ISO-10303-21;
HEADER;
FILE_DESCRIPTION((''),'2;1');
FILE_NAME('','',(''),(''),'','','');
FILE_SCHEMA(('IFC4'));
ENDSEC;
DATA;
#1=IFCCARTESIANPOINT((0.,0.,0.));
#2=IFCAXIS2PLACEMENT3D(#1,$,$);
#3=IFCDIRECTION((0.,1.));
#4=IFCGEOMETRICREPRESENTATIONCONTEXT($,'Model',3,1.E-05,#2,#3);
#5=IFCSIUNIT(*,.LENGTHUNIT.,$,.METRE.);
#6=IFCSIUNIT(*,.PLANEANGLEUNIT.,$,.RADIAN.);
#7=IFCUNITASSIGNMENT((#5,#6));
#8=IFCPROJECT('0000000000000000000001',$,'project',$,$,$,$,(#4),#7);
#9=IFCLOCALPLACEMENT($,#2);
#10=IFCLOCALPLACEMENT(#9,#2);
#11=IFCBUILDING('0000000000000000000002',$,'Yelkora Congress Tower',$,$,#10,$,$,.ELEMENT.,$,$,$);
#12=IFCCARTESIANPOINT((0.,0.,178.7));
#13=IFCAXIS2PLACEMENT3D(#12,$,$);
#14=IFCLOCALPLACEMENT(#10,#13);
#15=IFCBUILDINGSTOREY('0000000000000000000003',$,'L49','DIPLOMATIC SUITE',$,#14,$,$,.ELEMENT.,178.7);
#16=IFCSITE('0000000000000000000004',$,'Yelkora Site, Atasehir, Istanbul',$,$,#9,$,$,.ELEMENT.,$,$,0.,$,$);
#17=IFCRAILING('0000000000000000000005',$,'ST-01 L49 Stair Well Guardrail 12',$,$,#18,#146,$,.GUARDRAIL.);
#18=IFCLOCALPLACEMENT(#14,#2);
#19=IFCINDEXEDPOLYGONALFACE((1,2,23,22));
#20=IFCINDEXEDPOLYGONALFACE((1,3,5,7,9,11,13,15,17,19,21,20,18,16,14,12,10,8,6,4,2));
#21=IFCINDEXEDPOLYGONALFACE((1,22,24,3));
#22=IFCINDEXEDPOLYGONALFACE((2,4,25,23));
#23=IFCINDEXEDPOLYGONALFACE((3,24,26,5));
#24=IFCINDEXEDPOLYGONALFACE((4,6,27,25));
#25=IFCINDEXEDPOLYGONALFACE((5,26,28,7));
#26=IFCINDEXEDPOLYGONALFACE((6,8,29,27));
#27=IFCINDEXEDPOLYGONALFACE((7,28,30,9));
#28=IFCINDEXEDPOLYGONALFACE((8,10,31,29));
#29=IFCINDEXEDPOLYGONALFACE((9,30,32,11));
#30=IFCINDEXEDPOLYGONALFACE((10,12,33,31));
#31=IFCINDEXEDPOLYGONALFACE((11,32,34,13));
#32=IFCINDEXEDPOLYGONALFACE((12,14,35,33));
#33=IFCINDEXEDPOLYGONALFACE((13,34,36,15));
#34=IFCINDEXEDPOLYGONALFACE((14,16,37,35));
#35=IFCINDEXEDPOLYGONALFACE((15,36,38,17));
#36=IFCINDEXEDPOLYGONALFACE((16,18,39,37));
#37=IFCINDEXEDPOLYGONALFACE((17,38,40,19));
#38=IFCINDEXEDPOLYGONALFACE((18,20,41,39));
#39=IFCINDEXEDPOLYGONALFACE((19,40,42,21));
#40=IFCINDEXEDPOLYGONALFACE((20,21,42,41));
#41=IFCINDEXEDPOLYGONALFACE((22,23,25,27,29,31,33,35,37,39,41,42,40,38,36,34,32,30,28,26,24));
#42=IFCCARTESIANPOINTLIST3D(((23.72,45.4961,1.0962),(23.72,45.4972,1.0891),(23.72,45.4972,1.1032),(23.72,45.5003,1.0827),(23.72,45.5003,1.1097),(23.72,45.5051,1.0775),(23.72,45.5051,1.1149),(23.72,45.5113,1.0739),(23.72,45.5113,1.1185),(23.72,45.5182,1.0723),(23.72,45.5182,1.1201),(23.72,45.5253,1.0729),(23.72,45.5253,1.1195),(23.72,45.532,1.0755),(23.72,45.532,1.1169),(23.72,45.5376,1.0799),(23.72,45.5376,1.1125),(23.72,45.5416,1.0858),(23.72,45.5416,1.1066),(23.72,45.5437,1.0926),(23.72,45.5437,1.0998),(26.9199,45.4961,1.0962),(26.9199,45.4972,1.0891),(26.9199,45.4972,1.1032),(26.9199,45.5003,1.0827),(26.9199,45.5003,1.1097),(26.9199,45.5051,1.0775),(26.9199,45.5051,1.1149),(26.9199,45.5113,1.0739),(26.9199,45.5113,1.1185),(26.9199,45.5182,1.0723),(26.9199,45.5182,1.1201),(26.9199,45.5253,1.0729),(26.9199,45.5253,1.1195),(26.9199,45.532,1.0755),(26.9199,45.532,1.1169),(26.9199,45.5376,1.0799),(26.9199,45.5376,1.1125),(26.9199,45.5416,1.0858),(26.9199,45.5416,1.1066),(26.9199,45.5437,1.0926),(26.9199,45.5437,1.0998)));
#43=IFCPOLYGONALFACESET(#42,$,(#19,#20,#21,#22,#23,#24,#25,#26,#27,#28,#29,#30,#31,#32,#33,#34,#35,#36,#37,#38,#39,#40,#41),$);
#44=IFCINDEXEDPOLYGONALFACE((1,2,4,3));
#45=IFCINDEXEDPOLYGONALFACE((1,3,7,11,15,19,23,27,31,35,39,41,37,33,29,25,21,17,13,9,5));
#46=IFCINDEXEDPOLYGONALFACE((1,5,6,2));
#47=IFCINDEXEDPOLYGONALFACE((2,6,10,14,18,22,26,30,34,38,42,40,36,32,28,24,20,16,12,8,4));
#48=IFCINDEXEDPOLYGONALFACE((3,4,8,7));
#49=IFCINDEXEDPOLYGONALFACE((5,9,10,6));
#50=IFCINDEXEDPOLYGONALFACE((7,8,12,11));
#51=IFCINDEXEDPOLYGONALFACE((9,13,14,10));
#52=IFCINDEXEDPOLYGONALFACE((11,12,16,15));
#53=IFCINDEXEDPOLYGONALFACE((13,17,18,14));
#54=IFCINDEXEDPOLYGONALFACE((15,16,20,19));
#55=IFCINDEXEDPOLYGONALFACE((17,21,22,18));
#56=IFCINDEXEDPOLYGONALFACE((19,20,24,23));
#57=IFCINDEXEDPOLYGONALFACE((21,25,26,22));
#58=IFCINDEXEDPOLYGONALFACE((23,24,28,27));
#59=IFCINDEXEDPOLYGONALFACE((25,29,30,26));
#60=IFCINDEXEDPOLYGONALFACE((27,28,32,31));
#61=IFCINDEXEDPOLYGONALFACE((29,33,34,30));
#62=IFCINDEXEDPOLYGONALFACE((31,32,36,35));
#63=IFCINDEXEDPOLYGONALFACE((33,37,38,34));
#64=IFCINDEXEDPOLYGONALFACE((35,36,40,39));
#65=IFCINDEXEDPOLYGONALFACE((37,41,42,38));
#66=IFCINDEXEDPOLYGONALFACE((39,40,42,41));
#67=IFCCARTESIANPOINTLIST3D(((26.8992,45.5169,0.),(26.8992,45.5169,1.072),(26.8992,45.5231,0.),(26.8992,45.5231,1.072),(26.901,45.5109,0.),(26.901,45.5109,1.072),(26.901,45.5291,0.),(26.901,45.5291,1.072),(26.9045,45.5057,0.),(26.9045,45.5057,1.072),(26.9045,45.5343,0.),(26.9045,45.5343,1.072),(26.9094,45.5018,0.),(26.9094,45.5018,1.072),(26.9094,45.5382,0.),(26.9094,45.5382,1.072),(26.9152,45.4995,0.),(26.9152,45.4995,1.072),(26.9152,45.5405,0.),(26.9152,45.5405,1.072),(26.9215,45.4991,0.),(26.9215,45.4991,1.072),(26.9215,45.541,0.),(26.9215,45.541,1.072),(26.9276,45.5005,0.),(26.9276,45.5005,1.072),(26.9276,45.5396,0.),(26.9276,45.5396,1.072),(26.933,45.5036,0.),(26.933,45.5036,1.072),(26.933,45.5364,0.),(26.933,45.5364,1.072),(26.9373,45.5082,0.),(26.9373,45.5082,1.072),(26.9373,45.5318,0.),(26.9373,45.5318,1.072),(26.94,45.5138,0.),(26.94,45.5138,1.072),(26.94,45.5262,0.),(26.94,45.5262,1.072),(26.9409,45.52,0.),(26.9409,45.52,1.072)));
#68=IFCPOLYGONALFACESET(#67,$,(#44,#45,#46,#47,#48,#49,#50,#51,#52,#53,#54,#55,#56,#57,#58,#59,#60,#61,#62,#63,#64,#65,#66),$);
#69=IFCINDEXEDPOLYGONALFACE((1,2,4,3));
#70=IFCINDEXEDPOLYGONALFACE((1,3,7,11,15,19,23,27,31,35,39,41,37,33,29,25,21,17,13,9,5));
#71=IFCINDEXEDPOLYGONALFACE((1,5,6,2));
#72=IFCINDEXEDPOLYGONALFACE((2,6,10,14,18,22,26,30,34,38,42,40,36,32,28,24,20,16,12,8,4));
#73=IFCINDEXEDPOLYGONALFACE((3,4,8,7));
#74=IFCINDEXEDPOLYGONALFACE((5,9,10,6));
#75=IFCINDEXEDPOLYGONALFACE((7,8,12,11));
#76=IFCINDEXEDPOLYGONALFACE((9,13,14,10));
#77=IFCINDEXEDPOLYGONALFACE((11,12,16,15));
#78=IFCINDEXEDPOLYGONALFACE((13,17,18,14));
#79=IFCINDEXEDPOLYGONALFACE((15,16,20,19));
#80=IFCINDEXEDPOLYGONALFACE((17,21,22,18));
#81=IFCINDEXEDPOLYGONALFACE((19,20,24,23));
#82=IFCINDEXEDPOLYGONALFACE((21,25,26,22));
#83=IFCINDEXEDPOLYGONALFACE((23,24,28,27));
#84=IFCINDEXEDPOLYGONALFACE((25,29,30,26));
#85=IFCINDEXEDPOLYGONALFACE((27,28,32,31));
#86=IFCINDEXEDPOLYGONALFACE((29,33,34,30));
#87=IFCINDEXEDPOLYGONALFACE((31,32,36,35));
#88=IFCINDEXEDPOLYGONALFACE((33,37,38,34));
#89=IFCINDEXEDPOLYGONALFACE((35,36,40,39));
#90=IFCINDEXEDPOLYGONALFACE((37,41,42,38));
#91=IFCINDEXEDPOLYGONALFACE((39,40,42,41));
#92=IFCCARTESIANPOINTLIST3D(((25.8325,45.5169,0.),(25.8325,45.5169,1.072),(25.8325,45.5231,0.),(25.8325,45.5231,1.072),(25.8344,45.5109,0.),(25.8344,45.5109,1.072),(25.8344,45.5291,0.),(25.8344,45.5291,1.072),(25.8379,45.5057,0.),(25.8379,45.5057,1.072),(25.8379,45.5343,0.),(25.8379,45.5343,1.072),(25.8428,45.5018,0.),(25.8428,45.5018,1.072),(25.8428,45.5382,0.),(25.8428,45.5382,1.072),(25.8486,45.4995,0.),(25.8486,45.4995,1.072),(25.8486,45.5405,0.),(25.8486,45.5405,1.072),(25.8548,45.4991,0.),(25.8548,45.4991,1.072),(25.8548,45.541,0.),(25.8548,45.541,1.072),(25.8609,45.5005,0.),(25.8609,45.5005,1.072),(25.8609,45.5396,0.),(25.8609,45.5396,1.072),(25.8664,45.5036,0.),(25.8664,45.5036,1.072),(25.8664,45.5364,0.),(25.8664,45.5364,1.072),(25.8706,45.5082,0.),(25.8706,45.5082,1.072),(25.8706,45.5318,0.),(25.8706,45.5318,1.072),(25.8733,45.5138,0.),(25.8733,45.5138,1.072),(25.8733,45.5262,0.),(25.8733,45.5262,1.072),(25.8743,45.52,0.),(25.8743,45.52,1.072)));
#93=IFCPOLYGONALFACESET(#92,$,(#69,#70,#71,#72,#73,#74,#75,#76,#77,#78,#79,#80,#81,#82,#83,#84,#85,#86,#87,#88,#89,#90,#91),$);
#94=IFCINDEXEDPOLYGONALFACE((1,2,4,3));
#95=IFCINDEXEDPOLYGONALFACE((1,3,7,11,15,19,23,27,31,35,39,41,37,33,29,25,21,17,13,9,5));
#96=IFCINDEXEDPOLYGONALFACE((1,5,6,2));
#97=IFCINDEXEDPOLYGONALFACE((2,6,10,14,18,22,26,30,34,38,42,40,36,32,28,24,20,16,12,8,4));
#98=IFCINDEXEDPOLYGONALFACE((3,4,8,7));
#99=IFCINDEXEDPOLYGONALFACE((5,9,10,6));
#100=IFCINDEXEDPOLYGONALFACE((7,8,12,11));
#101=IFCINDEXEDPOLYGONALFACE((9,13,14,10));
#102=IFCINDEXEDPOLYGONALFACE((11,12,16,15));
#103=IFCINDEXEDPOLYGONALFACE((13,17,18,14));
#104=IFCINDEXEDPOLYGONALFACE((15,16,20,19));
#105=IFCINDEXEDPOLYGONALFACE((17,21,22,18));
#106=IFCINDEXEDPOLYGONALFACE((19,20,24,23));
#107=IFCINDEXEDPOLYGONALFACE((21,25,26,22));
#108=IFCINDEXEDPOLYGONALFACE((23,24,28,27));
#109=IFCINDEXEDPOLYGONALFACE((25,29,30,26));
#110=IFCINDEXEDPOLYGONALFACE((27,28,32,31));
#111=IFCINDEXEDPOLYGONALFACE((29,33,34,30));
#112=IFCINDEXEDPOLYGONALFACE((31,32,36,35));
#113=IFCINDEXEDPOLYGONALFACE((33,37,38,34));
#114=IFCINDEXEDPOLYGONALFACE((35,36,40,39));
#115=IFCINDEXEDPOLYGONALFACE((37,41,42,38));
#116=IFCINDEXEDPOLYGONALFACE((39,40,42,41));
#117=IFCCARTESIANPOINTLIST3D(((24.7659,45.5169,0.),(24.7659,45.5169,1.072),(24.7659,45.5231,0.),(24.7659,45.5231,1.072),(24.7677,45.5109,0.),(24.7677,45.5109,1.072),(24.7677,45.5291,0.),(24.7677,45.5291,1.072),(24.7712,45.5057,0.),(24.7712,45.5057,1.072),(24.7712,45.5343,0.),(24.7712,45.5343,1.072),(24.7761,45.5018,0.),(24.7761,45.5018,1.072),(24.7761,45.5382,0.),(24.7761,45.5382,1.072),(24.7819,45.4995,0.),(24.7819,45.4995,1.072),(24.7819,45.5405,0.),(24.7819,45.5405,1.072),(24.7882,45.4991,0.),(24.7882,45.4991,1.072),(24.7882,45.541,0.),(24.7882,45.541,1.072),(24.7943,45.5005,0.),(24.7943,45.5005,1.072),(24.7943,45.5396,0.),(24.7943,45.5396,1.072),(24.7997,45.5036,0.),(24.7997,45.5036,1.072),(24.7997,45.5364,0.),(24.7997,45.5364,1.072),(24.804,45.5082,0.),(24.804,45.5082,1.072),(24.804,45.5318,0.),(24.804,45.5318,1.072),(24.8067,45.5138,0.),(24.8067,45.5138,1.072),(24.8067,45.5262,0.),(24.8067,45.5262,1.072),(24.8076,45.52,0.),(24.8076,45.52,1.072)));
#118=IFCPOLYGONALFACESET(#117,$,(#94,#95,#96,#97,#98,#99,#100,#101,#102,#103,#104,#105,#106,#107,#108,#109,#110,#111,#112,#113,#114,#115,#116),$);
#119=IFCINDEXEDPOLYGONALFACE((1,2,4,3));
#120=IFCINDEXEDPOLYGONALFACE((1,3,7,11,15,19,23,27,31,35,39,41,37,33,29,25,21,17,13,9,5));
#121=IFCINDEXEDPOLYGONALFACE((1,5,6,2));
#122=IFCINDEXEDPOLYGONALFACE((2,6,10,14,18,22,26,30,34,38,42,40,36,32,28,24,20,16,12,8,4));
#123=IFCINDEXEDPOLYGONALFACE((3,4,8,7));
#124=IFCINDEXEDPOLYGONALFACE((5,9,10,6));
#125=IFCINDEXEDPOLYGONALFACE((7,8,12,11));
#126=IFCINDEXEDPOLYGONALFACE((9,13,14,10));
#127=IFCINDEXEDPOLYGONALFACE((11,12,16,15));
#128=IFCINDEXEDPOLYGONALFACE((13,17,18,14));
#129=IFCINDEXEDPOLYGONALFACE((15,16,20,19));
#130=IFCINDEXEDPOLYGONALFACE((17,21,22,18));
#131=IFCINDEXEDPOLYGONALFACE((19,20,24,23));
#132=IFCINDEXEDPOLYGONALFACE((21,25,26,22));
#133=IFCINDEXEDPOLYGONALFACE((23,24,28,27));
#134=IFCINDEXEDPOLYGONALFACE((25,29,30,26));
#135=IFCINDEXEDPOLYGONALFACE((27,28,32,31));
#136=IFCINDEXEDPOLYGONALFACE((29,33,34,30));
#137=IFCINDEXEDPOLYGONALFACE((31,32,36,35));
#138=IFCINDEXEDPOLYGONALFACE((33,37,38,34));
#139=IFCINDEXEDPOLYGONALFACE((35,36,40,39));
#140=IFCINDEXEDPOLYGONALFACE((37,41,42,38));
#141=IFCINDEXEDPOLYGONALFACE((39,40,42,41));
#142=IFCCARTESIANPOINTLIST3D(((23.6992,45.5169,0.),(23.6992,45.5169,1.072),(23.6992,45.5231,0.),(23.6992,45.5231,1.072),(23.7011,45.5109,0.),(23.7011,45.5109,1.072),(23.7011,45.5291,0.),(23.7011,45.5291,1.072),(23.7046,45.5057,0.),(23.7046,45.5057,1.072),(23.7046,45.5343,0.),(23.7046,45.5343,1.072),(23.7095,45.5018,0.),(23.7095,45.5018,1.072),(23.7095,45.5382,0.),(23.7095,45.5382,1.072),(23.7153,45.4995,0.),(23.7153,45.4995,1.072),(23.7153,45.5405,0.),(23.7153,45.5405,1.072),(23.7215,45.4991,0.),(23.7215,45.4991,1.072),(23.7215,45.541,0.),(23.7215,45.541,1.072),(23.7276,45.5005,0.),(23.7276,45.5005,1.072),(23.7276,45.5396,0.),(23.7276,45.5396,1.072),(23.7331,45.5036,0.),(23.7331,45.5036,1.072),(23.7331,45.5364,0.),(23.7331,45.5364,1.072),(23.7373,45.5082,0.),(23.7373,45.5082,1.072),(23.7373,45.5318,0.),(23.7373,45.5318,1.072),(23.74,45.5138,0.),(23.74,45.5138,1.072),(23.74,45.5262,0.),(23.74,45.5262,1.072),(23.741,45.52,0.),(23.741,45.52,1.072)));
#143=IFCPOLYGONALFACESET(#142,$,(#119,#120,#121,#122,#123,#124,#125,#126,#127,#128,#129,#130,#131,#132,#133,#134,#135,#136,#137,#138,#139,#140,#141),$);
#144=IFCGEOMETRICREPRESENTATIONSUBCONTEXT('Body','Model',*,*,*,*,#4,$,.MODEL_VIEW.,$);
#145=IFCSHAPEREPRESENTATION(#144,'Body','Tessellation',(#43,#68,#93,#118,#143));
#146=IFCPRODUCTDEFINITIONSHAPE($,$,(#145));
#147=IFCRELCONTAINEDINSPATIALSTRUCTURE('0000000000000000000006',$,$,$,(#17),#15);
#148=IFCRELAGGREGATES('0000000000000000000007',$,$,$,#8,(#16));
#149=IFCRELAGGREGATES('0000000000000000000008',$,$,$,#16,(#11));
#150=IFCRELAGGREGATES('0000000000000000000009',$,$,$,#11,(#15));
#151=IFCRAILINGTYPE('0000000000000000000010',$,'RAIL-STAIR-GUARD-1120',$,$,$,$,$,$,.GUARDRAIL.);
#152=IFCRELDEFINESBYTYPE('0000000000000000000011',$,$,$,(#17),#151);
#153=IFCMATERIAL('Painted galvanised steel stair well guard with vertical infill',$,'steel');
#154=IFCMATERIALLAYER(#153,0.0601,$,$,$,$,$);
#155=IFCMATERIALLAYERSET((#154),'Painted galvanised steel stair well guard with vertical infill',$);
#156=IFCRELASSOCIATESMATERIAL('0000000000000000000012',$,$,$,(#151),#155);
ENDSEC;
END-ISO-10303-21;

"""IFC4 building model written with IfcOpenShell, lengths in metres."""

from ifc_helpers import new_model, si_unit, direction, frame, origin, origin_2d, place, context, subcontext, project, spatial, circle, extrude, material, layer, layer_set, type_object, element, save


model = new_model("IFC4")

# Units and contexts
model_context = context("Model", 3, precision=1e-05, world=origin(), true_north=direction((0.0, 1.0)))
body_context = subcontext(model_context, "Body", "Model", "MODEL_VIEW")
ifc_project = project(units=[si_unit("LENGTHUNIT", "METRE"), si_unit("PLANEANGLEUNIT", "RADIAN")], contexts=[model_context])

# Site, building, storey
site_placement = place(None, origin())
site = spatial("IfcSite", under=ifc_project, at=site_placement, Name="Yelkora Site, Atasehir, Istanbul", CompositionType="ELEMENT", RefElevation=0.0)
building_placement = place(site_placement, origin())
building = spatial("IfcBuilding", under=site, at=building_placement, Name="Yelkora Congress Tower", CompositionType="ELEMENT")
storey_placement = place(building_placement, frame((0.0, 0.0, 178.7)))
storey = spatial("IfcBuildingStorey", under=building, at=storey_placement, Name="L49", Description="DIPLOMATIC SUITE", CompositionType="ELEMENT", Elevation=178.7)

# Railing
ifc_material_1 = material(Name="Painted galvanised steel stair well guard with vertical infill", Category="steel")
ifc_layer_1 = layer(ifc_material_1, 0.0601)
ifc_layer_set_1 = layer_set([ifc_layer_1], Name="Painted galvanised steel stair well guard with vertical infill")
railing_type_1 = type_object("IfcRailingType", Name="RAIL-STAIR-GUARD-1120", PredefinedType="GUARDRAIL", material=ifc_layer_set_1)
railing_1_placement = place(storey_placement, frame((26.9199, 45.52, 0.0)))
element("IfcRailing", 1, at=railing_1_placement, inside=storey, type_object=railing_type_1, Name="ST-01 L49 Stair Well Guardrail 12", PredefinedType="GUARDRAIL", context=body_context, shape_type="SweptSolid", body=[
    extrude(circle(Radius=0.0239, at=origin_2d()), frame((0.0, 0.0, 1.0962), z_axis=(-1.0, 0.0, 0.0), x_axis=(0.0, -1.0, 0.0)), (0.0, 0.0, 1.0), 3.2),
    extrude(circle(Radius=0.021, at=origin_2d()), origin(), (0.0, 0.0, 1.0), 1.072),
    extrude(circle(Radius=0.021, at=origin_2d()), frame((-1.0667, 0.0, 0.0)), (0.0, 0.0, 1.0), 1.072),
    extrude(circle(Radius=0.021, at=origin_2d()), frame((-2.1333, 0.0, 0.0)), (0.0, 0.0, 1.0), 1.072),
    extrude(circle(Radius=0.021, at=origin_2d()), frame((-3.2, 0.0, 0.0)), (0.0, 0.0, 1.0), 1.072),
])

save(model, "model.ifc")
